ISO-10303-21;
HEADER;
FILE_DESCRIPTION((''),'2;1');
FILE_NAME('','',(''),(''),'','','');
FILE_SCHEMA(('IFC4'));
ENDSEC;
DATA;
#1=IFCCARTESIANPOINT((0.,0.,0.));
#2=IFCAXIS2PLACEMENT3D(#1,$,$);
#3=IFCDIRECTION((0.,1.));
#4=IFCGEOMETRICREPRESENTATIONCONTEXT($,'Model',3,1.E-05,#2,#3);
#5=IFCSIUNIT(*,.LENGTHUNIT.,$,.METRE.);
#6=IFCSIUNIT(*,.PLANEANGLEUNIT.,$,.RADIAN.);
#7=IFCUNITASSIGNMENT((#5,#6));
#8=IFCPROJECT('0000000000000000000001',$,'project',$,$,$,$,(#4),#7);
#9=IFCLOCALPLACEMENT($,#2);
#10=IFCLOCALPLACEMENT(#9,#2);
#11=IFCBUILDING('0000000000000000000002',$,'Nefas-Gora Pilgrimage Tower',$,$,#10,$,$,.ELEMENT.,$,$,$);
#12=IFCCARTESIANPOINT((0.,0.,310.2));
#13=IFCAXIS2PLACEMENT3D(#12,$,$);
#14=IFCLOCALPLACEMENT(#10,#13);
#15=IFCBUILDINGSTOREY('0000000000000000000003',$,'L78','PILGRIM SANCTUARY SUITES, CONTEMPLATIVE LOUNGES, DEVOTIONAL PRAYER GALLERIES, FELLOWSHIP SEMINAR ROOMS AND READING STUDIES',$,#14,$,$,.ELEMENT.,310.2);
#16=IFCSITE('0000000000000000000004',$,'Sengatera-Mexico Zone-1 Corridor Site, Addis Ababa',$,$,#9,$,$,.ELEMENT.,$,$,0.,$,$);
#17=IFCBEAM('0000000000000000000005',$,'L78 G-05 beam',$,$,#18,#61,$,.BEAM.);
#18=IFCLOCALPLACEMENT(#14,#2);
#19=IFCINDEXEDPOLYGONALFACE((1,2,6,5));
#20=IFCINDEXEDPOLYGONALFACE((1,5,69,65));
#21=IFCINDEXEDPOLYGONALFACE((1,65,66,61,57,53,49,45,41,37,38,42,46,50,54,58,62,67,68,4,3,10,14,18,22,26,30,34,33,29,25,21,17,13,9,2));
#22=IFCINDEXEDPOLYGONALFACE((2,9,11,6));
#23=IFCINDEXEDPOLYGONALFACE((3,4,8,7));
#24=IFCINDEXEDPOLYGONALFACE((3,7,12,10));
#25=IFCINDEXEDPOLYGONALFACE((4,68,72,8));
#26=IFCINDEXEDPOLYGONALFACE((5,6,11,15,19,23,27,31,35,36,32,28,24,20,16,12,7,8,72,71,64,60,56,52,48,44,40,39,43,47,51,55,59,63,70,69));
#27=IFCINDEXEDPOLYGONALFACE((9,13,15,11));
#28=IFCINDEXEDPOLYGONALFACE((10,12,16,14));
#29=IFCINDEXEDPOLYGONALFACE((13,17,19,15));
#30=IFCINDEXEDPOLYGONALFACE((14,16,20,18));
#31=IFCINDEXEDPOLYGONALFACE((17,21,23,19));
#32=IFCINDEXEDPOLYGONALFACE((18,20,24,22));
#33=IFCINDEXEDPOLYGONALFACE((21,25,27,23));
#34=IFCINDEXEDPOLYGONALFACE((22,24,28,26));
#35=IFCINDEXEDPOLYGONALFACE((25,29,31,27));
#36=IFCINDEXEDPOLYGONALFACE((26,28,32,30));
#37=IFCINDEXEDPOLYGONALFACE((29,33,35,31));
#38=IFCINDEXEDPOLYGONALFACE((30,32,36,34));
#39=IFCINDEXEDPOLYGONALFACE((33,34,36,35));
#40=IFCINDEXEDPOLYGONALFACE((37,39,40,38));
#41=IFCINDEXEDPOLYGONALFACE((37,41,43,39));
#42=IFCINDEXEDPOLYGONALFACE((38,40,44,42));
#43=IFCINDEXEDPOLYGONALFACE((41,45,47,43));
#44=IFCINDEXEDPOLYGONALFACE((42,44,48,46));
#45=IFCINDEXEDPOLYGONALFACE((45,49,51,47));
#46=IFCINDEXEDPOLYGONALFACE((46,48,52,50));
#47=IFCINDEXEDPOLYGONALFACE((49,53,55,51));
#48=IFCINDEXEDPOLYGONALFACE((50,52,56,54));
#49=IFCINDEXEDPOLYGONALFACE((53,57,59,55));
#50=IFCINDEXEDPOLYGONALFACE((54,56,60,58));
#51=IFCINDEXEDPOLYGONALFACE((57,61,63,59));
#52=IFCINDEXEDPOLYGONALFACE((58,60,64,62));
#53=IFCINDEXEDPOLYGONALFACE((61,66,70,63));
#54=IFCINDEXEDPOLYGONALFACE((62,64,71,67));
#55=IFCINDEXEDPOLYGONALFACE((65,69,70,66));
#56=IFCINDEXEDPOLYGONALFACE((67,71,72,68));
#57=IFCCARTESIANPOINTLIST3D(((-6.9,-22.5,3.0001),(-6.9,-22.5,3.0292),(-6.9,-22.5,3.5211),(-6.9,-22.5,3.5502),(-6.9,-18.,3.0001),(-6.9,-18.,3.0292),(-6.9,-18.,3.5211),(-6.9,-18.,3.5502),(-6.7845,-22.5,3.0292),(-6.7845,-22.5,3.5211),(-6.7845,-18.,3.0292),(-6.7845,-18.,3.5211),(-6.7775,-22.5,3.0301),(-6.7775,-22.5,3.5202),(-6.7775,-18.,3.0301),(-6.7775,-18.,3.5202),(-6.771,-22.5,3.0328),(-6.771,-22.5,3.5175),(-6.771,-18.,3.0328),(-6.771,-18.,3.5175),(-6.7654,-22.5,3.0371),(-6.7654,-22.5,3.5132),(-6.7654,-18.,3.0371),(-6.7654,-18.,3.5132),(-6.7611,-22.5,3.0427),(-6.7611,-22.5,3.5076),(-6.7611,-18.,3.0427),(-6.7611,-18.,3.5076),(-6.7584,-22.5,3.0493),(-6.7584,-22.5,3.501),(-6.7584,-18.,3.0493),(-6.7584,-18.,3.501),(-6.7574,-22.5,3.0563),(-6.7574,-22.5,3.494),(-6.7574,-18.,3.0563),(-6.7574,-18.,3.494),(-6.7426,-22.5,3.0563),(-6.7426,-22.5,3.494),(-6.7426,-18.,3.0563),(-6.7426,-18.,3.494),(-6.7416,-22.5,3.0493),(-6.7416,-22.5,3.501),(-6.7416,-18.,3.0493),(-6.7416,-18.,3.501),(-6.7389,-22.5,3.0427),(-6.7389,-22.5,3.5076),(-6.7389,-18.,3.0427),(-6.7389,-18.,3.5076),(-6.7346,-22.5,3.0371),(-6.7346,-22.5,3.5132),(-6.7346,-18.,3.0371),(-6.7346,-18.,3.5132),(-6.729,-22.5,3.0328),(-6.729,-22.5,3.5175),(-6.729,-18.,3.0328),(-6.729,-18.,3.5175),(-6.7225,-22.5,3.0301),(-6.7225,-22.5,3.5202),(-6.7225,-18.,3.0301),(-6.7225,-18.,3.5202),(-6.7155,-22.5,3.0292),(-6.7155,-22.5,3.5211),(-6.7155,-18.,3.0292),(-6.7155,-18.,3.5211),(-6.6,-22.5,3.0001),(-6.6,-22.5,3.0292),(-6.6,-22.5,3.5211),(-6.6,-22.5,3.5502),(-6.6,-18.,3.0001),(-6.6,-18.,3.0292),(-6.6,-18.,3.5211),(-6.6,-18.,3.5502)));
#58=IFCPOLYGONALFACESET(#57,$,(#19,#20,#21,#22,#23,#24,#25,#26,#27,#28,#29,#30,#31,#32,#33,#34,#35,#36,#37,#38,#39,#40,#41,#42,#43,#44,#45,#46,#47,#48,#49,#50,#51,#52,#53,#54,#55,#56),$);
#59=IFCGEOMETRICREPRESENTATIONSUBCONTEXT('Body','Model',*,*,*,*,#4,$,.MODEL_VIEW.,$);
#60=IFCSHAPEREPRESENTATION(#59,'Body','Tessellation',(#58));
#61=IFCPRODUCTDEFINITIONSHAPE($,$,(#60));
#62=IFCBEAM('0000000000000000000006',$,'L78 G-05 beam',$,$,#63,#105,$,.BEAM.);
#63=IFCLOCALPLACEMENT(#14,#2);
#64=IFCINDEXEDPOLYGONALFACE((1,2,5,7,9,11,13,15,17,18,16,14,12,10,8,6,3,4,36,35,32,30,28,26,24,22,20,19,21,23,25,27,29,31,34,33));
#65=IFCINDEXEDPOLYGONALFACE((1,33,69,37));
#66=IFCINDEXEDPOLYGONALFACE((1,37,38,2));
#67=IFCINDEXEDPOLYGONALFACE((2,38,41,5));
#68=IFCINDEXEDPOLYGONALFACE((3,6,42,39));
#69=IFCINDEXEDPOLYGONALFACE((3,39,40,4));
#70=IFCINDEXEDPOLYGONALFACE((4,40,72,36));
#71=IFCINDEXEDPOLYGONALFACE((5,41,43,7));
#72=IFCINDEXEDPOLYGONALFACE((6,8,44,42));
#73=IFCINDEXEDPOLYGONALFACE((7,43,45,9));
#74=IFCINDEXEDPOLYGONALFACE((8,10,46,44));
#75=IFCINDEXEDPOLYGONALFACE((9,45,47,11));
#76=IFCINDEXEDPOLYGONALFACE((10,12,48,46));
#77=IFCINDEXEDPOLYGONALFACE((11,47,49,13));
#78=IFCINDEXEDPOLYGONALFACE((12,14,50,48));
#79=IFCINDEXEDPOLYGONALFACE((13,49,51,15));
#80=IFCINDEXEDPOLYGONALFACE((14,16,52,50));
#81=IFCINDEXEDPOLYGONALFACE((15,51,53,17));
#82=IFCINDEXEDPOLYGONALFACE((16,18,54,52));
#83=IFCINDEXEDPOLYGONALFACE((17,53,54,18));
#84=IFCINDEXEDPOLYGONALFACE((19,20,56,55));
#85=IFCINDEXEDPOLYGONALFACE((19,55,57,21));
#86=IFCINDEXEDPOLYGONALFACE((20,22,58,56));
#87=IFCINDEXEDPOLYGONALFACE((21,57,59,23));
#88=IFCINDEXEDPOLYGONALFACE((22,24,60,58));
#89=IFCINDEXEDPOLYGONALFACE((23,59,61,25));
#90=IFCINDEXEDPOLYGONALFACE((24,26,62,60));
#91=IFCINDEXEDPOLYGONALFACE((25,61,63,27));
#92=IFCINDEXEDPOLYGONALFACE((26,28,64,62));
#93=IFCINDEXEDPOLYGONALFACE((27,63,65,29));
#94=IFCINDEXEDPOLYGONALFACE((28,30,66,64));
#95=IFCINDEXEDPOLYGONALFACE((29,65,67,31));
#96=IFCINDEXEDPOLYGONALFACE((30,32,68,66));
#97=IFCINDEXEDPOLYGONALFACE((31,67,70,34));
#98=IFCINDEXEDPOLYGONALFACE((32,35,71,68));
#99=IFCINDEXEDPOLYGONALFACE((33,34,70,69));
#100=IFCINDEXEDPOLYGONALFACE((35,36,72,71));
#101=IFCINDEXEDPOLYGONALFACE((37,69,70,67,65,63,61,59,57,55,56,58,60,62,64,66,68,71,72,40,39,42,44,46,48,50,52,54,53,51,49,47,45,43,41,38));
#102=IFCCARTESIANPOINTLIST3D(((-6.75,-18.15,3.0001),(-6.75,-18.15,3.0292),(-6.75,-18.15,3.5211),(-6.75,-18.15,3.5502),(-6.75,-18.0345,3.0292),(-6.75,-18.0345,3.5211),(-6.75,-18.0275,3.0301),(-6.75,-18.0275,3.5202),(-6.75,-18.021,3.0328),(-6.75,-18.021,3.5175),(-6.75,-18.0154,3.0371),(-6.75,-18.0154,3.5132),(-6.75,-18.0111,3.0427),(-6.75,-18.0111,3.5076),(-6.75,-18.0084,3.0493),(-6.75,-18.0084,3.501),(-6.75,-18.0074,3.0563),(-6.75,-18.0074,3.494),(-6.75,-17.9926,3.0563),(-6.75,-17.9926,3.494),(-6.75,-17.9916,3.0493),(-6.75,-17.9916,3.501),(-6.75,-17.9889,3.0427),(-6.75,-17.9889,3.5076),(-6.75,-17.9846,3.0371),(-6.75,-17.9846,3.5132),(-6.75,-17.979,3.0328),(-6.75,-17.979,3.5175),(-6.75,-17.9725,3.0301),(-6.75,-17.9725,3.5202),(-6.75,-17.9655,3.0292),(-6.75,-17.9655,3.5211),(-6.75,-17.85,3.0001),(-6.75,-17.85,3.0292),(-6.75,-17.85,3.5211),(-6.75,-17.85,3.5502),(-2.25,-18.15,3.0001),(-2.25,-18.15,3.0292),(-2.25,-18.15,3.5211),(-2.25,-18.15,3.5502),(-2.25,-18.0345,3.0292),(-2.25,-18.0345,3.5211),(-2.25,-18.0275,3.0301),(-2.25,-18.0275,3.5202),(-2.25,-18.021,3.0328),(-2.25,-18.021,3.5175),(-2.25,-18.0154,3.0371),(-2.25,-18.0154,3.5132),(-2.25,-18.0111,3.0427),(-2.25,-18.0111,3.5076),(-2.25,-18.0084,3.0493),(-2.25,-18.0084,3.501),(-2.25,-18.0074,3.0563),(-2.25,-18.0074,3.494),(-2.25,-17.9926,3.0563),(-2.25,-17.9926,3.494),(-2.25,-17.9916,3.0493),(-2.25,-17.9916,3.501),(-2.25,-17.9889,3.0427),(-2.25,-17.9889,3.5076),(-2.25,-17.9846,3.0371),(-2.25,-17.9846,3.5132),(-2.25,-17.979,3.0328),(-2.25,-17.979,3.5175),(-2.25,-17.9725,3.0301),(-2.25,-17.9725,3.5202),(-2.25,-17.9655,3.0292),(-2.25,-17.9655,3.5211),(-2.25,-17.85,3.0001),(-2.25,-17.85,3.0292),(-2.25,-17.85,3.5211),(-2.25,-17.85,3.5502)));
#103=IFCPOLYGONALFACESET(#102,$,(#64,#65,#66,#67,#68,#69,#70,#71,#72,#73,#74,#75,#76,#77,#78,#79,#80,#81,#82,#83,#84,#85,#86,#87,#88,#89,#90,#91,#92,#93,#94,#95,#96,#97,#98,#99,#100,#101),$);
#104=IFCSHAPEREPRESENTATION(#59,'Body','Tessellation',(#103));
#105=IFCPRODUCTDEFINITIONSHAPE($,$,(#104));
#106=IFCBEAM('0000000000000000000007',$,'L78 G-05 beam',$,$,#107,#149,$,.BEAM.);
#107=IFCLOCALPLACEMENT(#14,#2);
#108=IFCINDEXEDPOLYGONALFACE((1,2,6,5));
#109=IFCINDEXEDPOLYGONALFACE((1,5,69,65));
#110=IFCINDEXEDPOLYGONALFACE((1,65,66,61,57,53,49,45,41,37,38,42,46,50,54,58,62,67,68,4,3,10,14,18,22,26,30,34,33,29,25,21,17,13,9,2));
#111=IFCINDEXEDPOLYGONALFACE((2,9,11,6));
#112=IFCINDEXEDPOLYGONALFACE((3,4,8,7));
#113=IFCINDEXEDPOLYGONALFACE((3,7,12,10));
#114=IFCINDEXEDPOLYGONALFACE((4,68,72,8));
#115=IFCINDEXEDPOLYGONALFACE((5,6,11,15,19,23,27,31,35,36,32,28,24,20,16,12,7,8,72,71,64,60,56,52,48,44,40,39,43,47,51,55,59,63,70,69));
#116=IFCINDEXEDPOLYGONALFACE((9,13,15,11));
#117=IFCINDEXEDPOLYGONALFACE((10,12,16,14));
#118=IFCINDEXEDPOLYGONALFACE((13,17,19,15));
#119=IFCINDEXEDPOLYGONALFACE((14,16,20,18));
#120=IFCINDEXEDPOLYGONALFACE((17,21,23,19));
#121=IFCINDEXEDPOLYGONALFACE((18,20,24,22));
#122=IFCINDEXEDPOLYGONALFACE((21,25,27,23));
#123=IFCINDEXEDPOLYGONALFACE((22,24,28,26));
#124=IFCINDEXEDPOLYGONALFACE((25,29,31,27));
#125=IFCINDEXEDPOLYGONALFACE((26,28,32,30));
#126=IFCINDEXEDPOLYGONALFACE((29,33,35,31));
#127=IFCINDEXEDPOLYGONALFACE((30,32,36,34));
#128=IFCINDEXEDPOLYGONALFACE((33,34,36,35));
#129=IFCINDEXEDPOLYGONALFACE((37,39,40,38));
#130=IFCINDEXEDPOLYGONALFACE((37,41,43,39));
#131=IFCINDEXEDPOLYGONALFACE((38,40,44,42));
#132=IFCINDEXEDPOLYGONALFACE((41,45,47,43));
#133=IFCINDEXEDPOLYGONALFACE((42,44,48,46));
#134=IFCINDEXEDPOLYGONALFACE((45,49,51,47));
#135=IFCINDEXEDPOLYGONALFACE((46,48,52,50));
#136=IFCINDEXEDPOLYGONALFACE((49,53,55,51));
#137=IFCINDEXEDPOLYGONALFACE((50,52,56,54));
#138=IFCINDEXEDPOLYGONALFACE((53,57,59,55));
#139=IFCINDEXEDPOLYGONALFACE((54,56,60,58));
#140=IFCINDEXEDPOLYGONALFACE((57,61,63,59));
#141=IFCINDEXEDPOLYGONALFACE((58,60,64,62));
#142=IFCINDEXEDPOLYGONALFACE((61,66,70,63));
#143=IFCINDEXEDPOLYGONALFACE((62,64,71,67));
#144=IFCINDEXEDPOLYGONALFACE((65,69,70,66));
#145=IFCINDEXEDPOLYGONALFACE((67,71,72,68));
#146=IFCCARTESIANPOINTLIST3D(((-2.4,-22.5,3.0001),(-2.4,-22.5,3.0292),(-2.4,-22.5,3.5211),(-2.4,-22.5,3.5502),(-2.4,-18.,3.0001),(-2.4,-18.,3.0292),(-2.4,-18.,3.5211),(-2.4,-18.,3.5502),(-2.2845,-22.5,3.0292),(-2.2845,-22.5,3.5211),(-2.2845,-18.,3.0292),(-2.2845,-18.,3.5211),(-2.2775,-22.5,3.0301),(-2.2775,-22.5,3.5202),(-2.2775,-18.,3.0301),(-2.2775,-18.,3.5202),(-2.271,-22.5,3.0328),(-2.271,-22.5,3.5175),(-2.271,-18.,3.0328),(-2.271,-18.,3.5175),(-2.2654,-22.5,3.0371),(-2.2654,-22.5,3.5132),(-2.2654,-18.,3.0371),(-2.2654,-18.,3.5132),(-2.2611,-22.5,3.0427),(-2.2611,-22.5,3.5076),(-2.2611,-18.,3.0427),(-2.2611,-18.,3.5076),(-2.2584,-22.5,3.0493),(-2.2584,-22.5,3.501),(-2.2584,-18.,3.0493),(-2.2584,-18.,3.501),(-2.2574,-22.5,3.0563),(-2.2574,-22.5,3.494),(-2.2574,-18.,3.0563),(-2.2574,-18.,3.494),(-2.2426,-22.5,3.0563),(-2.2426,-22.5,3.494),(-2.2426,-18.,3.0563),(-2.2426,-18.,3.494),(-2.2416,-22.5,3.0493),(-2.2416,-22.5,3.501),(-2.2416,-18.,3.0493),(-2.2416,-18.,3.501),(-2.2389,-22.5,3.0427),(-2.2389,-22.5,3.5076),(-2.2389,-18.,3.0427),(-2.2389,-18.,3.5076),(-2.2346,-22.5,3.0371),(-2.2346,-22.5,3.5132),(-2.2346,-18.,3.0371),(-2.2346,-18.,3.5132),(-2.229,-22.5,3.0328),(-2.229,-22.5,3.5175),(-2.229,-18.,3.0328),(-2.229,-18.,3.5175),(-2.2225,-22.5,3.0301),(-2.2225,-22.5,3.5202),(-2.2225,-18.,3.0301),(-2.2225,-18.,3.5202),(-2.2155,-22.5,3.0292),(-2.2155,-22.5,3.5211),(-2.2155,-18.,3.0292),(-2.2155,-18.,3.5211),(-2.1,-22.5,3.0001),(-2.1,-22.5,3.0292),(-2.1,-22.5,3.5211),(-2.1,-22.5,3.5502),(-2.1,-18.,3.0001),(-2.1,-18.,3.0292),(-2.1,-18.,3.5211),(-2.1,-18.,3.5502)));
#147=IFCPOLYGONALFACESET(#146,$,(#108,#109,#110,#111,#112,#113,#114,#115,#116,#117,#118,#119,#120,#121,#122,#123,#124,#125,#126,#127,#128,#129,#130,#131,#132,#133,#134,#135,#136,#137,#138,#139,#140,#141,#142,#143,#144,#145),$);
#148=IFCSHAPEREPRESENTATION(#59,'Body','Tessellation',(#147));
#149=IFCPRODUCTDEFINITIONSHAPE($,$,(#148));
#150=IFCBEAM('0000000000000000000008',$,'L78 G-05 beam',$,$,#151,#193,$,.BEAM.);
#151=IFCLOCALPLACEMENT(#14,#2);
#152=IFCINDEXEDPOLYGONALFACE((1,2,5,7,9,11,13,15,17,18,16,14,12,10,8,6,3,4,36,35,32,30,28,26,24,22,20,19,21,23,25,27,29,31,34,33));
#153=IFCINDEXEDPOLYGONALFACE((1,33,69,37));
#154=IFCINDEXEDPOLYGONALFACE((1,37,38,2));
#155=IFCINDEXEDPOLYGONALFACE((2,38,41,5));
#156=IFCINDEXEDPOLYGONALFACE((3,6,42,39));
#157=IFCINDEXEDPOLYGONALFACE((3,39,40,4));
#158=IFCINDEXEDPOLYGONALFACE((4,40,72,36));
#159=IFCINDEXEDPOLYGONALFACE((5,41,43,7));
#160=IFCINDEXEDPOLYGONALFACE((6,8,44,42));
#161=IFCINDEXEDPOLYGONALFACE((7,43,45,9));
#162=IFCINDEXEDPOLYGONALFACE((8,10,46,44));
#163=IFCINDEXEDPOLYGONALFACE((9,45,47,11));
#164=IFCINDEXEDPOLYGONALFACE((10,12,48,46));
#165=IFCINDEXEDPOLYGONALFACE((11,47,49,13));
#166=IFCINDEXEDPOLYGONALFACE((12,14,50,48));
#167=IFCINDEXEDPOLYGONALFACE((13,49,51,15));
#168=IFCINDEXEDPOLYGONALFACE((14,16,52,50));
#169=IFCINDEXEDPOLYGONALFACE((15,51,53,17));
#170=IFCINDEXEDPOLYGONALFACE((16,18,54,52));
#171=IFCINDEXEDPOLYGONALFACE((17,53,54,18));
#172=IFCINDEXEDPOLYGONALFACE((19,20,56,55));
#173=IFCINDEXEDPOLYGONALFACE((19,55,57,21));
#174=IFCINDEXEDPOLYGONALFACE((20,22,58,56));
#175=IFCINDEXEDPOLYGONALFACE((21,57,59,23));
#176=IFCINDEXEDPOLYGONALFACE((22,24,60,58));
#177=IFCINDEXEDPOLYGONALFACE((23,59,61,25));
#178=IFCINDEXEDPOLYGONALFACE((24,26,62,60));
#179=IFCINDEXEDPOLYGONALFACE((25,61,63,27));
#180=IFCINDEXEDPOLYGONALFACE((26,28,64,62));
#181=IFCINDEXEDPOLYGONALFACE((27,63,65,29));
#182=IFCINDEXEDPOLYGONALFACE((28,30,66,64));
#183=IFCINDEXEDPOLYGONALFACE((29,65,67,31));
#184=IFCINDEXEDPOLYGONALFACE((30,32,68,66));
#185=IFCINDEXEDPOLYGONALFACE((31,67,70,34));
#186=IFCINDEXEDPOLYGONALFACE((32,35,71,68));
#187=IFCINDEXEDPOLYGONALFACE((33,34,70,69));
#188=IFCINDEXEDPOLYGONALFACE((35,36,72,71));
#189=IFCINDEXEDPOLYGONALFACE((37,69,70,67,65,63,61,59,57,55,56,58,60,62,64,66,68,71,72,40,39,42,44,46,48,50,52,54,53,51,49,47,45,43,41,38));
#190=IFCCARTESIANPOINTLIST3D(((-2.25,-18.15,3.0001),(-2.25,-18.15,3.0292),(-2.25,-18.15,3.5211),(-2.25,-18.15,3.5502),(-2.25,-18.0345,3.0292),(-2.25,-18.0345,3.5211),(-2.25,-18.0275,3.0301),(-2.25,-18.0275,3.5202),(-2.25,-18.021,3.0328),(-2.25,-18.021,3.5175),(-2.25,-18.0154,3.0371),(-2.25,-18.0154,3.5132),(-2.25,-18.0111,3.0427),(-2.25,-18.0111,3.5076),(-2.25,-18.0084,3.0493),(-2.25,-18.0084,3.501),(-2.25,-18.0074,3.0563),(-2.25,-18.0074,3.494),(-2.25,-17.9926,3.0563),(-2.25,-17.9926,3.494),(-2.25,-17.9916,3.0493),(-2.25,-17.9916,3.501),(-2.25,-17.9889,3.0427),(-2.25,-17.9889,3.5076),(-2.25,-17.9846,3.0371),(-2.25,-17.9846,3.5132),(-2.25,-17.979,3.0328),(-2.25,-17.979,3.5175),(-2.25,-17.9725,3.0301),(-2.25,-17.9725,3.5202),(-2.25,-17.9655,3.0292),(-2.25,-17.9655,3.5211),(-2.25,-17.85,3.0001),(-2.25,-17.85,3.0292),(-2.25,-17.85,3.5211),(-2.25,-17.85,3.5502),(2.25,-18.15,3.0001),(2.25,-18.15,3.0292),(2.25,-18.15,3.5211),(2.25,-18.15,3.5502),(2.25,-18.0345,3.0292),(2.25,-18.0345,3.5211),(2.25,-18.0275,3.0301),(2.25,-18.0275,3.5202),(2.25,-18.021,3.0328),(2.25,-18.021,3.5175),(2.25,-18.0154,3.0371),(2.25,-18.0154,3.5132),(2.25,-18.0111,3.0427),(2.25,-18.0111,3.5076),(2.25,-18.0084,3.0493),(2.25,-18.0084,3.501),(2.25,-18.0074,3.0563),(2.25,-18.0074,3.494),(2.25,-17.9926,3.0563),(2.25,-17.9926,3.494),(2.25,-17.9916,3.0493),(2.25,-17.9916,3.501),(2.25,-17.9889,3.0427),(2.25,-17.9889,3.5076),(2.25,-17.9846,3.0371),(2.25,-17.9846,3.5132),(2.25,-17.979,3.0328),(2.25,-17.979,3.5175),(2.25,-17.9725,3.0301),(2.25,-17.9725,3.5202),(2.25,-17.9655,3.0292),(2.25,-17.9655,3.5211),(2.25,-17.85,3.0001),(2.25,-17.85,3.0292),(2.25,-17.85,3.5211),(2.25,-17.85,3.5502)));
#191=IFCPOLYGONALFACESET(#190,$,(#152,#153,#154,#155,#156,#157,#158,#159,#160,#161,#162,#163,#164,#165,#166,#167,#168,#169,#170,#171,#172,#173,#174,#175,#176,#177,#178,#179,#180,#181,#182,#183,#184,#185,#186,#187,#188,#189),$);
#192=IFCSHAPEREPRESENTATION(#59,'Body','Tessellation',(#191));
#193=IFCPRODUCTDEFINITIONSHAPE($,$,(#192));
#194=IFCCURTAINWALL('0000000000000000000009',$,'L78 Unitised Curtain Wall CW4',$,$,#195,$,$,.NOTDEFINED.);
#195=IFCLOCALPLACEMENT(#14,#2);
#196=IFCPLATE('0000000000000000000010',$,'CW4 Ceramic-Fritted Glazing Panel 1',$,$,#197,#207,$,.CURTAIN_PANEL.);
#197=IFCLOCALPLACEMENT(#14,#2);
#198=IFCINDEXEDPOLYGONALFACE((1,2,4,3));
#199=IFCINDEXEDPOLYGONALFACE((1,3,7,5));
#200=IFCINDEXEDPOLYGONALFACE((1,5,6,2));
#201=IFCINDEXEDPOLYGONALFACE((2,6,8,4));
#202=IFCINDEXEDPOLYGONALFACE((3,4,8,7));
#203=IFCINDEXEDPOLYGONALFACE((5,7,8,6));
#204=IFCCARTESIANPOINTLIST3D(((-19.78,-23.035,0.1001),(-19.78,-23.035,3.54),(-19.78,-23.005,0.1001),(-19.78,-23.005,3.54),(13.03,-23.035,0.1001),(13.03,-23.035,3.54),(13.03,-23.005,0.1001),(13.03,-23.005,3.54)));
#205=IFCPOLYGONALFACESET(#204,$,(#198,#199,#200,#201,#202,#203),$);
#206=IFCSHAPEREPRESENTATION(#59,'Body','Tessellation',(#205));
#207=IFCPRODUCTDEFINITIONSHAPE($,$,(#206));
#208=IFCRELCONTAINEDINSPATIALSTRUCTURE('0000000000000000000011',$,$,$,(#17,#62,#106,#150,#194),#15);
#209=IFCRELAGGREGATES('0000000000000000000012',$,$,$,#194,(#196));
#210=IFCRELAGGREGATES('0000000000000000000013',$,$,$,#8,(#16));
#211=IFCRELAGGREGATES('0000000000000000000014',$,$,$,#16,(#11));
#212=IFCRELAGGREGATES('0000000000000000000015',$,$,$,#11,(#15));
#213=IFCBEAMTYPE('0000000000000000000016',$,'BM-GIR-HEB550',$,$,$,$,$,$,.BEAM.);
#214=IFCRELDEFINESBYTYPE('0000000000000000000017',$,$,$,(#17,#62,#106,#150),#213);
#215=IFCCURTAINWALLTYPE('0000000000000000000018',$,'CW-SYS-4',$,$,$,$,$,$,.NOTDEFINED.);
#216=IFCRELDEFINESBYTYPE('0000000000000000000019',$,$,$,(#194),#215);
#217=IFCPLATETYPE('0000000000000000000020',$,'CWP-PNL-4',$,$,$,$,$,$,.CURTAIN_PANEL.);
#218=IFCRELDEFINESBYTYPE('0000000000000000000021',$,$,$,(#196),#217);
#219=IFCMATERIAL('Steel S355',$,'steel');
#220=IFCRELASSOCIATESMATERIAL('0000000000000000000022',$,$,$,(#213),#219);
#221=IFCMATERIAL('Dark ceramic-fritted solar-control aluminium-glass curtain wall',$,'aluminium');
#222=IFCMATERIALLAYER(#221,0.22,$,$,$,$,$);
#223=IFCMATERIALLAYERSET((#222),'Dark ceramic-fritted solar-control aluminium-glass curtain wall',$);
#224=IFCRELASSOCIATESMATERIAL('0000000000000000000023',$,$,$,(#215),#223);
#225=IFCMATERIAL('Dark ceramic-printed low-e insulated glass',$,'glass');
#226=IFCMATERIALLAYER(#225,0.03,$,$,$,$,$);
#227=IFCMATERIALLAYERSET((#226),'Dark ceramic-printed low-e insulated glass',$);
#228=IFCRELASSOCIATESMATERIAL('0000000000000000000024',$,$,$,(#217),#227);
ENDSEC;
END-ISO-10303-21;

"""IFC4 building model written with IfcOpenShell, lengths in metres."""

from ifc_helpers import new_model, si_unit, direction, frame, origin, origin_2d, place, context, subcontext, project, spatial, rectangle, i_section, extrude, source, transform, mapped, material, layer, layer_set, material_profile, profile_set, type_object, element, aggregate, save


model = new_model("IFC4")

# Units and contexts
model_context = context("Model", 3, precision=1e-05, world=origin(), true_north=direction((0.0, 1.0)))
body_context = subcontext(model_context, "Body", "Model", "MODEL_VIEW")
ifc_project = project(units=[si_unit("LENGTHUNIT", "METRE"), si_unit("PLANEANGLEUNIT", "RADIAN")], contexts=[model_context])

# Site, building, storey
site_placement = place(None, origin())
site = spatial("IfcSite", under=ifc_project, at=site_placement, Name="Sengatera-Mexico Zone-1 Corridor Site, Addis Ababa", CompositionType="ELEMENT", RefElevation=0.0)
building_placement = place(site_placement, origin())
building = spatial("IfcBuilding", under=site, at=building_placement, Name="Nefas-Gora Pilgrimage Tower", CompositionType="ELEMENT")
storey_placement = place(building_placement, frame((0.0, 0.0, 310.2)))
storey = spatial("IfcBuildingStorey", under=building, at=storey_placement, Name="L78", Description="PILGRIM SANCTUARY SUITES, CONTEMPLATIVE LOUNGES, DEVOTIONAL PRAYER GALLERIES, FELLOWSHIP SEMINAR ROOMS AND READING STUDIES", CompositionType="ELEMENT", Elevation=310.2)

# Shared definitions
ifc_material_1 = material(Name="Steel S355", Category="steel")

# Beams
ifc_material_profile_1 = material_profile(ifc_material_1, i_section(OverallWidth=0.3, OverallDepth=0.55, WebThickness=0.0149, FlangeThickness=0.0291, FilletRadius=0.0271, at=origin_2d()), Name="HEB 550")
ifc_profile_set_1 = profile_set([ifc_material_profile_1], Name="Steel S355")
beam_type_1 = type_object("IfcBeamType", Name="BM-GIR-HEB550", PredefinedType="BEAM", material=ifc_profile_set_1)
shared_shape_1 = source(origin(), body_context, "Body", "SweptSolid", [
    extrude(i_section(OverallWidth=0.3, OverallDepth=0.55, WebThickness=0.0149, FlangeThickness=0.0291, FilletRadius=0.0271, at=origin_2d()), origin(), (0.0, 0.0, 1.0), 4.5),
])
for number, where, z_axis, x_axis, name in (
    (1, (-6.75, -22.5, 3.2751), (0.0, 1.0, 0.0), (-1.0, 0.0, 0.0), "L78 G-05 beam"),
    (2, (-6.75, -18.0, 3.2751), (1.0, 0.0, 0.0), (0.0, 1.0, 0.0), "L78 G-05 beam"),
    (3, (-2.25, -22.5, 3.2751), (0.0, 1.0, 0.0), (-1.0, 0.0, 0.0), "L78 G-05 beam"),
    (4, (-2.25, -18.0, 3.2751), (1.0, 0.0, 0.0), (0.0, 1.0, 0.0), "L78 G-05 beam"),
):
    element("IfcBeam", number, at=place(storey_placement, frame(where, z_axis=z_axis, x_axis=x_axis)), inside=storey, type_object=beam_type_1, Name=name, PredefinedType="BEAM", context=body_context, shape_type="MappedRepresentation", body=[
        mapped(shared_shape_1, transform((0.0, 0.0, 0.0), x_axis=(1.0, 0.0, 0.0), y_axis=(0.0, 1.0, 0.0), z_axis=(0.0, 0.0, 1.0), scale=1.0)),
    ])

# Curtain wall, plate
ifc_material_2 = material(Name="Dark ceramic-fritted solar-control aluminium-glass curtain wall", Category="aluminium")
ifc_layer_1 = layer(ifc_material_2, 0.22)
ifc_layer_set_1 = layer_set([ifc_layer_1], Name="Dark ceramic-fritted solar-control aluminium-glass curtain wall")
curtain_wall_type = type_object("IfcCurtainWallType", Name="CW-SYS-4", PredefinedType="NOTDEFINED", material=ifc_layer_set_1)
curtain_wall_placement = place(storey_placement, origin())
curtain_wall = element("IfcCurtainWall", 5, at=curtain_wall_placement, inside=storey, type_object=curtain_wall_type, Name="L78 Unitised Curtain Wall CW4", PredefinedType="NOTDEFINED")
ifc_material_3 = material(Name="Dark ceramic-printed low-e insulated glass", Category="glass")
ifc_layer_2 = layer(ifc_material_3, 0.03)
ifc_layer_set_2 = layer_set([ifc_layer_2], Name="Dark ceramic-printed low-e insulated glass")
plate_type = type_object("IfcPlateType", Name="CWP-PNL-4", PredefinedType="CURTAIN_PANEL", material=ifc_layer_set_2)
shared_shape_2 = source(origin(), body_context, "Body", "SweptSolid", [
    extrude(rectangle(XDim=32.8101, YDim=0.03, at=origin_2d()), origin(), (0.0, 0.0, 1.0), 3.4399),
])
plate_placement = place(storey_placement, frame((-3.375, -23.02, 0.1001), z_axis=(0.0, 0.0, 1.0), x_axis=(1.0, 0.0, 0.0)))
plate = element("IfcPlate", 6, at=plate_placement, type_object=plate_type, Name="CW4 Ceramic-Fritted Glazing Panel 1", PredefinedType="CURTAIN_PANEL", context=body_context, shape_type="MappedRepresentation", body=[
    mapped(shared_shape_2, transform((0.0, 0.0, 0.0), x_axis=(1.0, 0.0, 0.0), y_axis=(0.0, 1.0, 0.0), z_axis=(0.0, 0.0, 1.0), scale=1.0)),
])
aggregate(curtain_wall, [plate])

save(model, "model.ifc")
